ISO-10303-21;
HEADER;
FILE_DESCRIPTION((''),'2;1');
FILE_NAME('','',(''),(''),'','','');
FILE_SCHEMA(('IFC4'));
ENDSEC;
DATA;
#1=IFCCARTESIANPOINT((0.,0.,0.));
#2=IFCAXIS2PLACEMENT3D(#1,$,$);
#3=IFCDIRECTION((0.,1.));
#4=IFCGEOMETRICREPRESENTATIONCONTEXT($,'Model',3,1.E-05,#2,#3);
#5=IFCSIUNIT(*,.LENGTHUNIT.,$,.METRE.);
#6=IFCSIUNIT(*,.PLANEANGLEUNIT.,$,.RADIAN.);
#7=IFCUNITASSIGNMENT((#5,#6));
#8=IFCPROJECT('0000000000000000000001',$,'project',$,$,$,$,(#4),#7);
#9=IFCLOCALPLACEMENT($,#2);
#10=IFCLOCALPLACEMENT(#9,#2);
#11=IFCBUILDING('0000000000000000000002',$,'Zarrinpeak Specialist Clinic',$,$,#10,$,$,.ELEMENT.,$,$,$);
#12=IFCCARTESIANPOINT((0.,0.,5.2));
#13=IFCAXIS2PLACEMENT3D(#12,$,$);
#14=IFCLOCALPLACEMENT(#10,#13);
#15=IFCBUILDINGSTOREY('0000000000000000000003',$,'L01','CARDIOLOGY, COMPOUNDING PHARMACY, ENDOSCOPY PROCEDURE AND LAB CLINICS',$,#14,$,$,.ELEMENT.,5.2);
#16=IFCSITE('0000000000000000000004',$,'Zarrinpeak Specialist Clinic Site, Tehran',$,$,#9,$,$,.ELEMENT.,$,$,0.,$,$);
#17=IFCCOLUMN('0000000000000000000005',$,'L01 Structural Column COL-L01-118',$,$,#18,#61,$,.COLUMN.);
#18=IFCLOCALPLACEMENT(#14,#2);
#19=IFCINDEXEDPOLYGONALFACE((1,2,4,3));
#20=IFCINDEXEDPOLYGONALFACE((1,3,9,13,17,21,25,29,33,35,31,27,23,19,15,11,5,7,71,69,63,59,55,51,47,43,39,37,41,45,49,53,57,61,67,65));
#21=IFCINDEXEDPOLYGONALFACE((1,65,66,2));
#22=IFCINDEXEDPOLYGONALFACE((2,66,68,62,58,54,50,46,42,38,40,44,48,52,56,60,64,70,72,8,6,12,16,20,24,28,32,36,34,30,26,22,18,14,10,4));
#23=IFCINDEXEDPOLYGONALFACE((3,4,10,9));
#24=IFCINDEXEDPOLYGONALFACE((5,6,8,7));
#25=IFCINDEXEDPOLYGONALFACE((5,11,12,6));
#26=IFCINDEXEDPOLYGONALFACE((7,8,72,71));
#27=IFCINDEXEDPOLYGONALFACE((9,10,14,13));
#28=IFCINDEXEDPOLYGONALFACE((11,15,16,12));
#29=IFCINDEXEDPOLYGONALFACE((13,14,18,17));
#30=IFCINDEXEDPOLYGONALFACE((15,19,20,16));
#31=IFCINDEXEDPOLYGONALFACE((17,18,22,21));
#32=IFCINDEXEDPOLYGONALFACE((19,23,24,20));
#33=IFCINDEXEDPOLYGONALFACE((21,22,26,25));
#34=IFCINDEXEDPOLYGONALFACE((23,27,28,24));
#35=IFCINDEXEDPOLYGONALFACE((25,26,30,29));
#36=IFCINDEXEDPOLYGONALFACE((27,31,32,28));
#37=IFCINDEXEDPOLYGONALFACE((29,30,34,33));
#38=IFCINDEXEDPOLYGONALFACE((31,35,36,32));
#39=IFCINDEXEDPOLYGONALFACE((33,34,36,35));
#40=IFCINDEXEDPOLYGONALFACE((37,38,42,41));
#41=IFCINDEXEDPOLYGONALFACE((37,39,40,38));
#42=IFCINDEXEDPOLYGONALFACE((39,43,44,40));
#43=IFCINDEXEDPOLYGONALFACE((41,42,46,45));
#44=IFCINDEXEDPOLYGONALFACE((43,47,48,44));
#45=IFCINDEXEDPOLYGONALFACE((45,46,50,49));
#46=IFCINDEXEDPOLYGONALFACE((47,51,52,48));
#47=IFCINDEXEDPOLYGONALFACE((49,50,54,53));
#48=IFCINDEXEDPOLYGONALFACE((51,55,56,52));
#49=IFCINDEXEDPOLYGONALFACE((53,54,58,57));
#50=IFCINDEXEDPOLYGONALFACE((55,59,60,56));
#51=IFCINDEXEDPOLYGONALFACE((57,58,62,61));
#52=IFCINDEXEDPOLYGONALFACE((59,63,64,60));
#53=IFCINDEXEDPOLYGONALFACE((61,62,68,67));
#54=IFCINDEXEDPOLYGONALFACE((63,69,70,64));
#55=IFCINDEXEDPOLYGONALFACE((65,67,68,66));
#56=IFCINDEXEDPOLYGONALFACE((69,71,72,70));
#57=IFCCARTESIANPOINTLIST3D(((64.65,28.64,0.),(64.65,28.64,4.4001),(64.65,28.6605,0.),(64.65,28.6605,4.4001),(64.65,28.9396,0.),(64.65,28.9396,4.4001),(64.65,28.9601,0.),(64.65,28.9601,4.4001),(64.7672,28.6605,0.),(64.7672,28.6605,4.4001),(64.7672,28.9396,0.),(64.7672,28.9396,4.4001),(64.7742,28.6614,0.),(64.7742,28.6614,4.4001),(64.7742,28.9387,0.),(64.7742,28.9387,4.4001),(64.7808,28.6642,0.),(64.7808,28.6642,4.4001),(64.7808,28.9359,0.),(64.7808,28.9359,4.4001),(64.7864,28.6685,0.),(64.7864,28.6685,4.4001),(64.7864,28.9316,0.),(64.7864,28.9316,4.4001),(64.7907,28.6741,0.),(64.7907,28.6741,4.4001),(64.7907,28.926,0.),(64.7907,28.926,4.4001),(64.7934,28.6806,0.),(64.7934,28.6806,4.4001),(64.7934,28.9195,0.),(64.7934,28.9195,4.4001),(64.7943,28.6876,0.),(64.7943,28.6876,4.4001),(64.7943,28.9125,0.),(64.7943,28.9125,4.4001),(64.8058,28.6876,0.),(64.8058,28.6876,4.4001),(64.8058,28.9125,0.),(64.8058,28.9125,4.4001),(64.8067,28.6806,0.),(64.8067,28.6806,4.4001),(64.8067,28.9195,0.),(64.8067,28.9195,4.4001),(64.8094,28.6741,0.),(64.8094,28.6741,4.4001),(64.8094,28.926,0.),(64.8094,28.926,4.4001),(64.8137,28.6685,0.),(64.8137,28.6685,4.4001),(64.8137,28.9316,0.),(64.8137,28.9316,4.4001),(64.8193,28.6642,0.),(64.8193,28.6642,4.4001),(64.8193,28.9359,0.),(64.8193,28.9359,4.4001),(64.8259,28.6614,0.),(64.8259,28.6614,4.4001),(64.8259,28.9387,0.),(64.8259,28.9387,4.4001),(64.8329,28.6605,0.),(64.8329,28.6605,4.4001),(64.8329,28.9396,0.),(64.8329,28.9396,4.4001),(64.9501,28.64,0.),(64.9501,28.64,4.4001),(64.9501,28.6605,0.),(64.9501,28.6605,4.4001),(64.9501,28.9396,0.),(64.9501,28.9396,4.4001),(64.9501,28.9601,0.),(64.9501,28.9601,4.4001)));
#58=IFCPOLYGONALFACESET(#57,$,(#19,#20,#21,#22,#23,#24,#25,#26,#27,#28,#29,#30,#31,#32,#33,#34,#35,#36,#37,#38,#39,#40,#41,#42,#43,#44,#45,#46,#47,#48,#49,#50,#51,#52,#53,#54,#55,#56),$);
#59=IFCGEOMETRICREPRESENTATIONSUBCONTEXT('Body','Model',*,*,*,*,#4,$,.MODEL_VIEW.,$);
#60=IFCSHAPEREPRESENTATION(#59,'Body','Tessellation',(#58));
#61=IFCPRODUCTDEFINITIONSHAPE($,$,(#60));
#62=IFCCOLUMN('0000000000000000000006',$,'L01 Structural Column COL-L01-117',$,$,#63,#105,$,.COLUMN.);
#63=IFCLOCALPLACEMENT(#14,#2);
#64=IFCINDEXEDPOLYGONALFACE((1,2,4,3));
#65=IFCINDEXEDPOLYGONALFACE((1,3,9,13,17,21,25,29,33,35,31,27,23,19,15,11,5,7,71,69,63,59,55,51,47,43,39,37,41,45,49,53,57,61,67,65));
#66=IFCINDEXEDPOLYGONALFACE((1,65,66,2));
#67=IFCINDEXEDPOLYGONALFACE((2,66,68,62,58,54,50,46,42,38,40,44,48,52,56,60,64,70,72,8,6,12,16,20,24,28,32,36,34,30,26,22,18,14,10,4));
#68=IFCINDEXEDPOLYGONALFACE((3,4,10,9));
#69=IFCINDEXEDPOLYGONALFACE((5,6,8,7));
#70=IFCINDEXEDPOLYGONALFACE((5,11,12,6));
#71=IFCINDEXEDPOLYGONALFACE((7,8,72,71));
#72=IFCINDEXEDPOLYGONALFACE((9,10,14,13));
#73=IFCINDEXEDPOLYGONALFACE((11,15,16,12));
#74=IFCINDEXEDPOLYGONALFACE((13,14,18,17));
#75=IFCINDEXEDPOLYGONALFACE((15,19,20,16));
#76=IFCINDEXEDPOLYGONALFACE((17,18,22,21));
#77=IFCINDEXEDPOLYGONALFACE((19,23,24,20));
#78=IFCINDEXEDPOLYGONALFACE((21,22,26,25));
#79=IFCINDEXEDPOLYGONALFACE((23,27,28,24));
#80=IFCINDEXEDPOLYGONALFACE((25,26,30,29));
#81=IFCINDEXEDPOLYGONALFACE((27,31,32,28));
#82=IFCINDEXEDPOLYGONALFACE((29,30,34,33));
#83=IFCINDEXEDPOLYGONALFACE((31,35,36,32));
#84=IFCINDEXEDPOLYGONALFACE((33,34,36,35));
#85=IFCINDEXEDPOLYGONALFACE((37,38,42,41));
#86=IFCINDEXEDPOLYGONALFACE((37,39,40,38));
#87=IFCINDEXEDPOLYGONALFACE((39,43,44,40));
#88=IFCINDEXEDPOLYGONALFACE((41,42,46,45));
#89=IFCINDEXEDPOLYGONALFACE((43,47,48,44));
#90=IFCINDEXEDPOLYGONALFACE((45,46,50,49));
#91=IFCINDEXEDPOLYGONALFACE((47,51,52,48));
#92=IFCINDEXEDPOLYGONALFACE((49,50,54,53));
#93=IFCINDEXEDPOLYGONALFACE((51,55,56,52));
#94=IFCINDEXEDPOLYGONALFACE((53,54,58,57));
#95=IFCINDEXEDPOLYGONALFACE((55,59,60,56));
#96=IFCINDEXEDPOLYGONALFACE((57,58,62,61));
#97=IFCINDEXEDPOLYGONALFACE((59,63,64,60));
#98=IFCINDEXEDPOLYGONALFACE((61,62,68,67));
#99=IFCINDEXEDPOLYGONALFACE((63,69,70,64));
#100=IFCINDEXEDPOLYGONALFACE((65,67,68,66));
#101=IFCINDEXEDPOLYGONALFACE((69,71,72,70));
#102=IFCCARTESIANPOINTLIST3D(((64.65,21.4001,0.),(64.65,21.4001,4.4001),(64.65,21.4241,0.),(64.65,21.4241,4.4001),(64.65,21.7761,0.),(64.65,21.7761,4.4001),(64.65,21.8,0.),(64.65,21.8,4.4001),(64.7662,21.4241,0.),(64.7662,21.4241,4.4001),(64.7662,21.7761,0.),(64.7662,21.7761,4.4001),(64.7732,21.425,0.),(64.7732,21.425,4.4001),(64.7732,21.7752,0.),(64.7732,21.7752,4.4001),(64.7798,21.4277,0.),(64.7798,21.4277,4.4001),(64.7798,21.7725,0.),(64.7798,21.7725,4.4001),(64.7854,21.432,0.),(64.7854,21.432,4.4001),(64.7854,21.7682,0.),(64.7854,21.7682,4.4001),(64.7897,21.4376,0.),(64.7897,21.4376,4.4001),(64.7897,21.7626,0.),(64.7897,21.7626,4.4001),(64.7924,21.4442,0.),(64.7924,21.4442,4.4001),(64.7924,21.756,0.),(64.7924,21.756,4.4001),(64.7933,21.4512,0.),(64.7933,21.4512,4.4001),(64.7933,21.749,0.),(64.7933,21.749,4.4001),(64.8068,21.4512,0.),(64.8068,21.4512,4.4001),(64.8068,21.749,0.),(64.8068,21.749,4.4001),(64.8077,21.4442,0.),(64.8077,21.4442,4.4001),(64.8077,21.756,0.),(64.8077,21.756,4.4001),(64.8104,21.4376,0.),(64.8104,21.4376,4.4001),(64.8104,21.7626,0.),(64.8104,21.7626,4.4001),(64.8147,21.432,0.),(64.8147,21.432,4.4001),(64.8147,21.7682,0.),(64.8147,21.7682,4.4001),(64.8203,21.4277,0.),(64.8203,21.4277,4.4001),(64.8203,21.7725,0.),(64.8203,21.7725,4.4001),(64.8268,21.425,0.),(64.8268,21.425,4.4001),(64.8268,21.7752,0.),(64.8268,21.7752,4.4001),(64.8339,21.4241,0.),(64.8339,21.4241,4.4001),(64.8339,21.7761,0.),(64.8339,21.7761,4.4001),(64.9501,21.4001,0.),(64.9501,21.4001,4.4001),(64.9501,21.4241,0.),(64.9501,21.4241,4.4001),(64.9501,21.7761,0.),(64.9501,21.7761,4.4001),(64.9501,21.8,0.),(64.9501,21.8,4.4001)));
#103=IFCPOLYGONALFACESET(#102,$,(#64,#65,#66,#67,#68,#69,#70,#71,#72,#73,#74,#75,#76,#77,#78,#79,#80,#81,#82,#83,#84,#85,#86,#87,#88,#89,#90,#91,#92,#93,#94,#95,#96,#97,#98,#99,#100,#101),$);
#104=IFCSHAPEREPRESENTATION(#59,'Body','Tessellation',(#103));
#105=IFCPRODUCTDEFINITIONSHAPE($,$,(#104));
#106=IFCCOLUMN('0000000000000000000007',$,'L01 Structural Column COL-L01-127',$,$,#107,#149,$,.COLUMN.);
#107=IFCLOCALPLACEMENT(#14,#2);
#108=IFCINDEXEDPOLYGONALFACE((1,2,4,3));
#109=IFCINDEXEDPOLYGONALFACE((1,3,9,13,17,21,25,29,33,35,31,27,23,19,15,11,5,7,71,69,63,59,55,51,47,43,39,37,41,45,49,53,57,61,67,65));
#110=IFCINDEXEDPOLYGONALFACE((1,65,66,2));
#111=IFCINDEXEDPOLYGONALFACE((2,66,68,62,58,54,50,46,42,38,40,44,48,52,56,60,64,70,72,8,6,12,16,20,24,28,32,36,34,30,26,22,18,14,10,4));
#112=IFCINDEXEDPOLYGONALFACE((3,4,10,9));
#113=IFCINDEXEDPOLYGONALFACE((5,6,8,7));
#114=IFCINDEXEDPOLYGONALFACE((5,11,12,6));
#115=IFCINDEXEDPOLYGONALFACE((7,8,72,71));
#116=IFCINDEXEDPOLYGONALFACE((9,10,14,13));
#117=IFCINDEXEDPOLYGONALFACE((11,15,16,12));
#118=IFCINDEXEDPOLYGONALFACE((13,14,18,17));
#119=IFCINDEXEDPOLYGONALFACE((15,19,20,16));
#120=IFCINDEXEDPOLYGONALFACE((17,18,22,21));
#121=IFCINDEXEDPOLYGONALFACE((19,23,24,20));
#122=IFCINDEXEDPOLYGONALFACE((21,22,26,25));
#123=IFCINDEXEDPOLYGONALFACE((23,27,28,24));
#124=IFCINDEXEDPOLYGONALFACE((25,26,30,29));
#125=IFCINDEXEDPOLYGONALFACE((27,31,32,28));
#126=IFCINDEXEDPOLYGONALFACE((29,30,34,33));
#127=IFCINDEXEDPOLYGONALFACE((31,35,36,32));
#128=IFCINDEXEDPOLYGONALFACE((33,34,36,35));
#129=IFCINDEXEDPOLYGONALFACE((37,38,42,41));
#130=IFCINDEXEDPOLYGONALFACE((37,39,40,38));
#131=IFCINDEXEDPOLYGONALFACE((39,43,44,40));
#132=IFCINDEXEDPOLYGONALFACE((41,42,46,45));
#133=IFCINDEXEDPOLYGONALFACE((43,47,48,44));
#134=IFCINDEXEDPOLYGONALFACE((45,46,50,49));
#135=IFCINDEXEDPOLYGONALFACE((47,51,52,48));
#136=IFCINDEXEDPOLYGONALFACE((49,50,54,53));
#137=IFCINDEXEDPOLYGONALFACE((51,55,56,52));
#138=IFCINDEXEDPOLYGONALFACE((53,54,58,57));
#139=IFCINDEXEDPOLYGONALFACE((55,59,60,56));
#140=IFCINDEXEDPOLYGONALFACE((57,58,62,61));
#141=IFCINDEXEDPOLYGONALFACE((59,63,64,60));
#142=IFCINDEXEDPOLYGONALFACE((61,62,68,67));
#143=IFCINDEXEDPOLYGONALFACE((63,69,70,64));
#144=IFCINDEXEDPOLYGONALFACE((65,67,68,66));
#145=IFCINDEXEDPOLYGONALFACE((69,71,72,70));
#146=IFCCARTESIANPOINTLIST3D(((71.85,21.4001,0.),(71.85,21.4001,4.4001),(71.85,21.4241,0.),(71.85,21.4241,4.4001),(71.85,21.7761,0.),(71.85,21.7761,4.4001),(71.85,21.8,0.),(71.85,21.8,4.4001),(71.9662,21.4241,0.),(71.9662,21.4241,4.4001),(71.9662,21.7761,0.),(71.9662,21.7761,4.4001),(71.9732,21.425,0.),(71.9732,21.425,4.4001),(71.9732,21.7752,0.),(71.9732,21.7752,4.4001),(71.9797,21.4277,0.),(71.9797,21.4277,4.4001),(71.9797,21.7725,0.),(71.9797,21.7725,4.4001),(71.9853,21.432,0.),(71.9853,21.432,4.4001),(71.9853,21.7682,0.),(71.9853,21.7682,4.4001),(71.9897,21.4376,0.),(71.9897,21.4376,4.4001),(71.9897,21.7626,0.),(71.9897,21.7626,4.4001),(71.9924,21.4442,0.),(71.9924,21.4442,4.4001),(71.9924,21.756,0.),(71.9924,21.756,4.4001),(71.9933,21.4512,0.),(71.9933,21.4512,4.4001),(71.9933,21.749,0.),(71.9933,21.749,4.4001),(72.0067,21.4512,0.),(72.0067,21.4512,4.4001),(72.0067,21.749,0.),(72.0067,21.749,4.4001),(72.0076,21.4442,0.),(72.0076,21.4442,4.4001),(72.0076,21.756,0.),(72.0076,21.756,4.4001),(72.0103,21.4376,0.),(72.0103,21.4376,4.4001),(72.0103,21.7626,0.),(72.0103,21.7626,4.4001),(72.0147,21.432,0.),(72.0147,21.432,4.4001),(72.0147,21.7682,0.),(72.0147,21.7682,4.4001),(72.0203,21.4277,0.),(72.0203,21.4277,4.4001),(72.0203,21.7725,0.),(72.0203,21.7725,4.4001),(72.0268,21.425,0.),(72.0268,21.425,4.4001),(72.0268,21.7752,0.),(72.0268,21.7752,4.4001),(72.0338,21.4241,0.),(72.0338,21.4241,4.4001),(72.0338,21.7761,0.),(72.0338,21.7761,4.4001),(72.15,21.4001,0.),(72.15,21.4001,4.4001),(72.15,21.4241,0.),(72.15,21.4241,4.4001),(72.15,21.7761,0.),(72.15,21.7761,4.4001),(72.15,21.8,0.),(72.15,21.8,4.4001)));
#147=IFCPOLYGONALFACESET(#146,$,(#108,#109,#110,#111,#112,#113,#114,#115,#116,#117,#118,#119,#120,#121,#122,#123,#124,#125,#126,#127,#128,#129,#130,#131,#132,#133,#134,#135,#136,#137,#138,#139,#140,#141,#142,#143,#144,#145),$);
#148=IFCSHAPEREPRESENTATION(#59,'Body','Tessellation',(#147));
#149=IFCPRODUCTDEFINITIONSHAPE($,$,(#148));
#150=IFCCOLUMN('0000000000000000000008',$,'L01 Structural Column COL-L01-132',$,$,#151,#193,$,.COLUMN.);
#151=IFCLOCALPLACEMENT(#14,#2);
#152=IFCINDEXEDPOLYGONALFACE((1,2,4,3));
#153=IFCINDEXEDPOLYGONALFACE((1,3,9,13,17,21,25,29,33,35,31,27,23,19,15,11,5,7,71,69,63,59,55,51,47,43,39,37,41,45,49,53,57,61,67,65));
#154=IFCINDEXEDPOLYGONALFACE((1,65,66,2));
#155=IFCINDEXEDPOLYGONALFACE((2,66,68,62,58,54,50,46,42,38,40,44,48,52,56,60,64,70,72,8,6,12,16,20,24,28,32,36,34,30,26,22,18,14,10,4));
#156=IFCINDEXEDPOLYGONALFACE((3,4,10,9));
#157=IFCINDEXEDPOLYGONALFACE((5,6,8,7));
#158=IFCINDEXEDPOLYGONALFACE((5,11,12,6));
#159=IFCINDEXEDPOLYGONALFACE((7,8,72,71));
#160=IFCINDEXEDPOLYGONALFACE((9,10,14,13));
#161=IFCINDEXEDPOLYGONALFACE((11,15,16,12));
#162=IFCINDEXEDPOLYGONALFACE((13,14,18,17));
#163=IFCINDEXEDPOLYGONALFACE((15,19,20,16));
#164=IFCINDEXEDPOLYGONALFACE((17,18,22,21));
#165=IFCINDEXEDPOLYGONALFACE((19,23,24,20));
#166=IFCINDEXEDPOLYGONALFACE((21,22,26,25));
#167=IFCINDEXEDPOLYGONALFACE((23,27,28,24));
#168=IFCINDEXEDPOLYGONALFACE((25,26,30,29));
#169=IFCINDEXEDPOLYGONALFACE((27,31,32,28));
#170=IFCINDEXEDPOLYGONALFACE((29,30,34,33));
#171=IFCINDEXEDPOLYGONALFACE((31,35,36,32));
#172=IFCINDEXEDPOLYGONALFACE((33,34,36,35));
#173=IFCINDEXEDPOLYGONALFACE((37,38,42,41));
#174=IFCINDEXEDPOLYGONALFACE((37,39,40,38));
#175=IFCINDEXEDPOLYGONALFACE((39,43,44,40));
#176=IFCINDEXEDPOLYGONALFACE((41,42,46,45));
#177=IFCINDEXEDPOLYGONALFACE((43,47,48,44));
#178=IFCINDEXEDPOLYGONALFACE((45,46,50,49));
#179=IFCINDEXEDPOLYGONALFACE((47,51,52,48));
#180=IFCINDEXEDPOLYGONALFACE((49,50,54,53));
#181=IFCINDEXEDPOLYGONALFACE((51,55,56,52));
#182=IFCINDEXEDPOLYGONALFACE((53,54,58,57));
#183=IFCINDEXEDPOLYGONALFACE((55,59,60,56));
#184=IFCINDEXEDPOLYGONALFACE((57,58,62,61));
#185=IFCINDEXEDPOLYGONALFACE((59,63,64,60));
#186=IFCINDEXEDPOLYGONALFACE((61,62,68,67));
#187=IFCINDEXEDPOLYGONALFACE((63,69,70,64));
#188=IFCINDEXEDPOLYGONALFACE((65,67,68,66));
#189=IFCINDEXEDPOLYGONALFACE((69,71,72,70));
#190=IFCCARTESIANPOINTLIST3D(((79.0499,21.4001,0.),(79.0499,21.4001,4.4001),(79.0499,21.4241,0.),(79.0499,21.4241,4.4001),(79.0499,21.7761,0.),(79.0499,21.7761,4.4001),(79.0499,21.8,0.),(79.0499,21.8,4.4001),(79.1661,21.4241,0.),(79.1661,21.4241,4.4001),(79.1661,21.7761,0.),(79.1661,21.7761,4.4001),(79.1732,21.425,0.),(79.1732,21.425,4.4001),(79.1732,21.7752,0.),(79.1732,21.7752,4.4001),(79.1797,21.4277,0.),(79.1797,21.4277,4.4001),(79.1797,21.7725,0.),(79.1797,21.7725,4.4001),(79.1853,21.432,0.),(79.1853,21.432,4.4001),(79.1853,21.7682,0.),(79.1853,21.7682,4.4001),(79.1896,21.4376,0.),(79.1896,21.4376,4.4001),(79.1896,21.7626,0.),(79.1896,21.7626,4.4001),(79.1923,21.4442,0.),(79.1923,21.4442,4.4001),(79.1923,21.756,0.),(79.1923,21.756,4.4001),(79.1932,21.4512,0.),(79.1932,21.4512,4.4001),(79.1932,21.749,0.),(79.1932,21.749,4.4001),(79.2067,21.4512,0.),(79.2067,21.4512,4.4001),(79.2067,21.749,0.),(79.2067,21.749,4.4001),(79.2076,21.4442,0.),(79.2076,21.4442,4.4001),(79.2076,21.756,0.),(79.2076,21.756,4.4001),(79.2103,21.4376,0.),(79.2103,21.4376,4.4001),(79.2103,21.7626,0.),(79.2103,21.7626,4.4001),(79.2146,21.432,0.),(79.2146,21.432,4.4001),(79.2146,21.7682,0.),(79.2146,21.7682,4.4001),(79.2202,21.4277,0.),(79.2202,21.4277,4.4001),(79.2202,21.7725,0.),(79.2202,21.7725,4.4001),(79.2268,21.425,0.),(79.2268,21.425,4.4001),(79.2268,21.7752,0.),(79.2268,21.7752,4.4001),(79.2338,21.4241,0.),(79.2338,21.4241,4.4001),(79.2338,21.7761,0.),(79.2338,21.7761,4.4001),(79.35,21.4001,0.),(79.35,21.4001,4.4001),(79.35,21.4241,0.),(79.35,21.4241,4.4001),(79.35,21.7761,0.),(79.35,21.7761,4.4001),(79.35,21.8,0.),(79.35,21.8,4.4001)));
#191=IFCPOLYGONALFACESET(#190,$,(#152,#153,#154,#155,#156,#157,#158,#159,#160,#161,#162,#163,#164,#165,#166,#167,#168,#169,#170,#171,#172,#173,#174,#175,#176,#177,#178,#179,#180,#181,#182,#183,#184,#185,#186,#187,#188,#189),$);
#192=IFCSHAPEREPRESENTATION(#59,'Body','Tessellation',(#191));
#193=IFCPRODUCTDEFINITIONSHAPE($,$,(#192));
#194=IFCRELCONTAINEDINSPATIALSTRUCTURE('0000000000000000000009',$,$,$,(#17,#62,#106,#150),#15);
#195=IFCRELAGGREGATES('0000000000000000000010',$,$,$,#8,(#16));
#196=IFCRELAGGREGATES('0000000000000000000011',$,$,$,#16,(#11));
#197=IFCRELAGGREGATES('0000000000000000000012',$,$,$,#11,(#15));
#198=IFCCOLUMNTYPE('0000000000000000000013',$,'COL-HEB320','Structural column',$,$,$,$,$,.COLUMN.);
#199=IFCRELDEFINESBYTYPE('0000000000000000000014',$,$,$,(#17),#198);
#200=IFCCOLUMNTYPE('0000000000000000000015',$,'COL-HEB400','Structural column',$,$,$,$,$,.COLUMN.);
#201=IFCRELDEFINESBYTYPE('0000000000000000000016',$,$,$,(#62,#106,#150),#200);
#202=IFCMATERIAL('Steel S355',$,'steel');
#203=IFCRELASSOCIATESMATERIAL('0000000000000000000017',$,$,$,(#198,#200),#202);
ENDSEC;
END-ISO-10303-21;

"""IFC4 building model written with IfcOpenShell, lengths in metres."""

from ifc_helpers import new_model, si_unit, direction, frame, origin, origin_2d, place, context, subcontext, project, spatial, i_section, extrude, material, material_profile, profile_set, type_object, element, save


model = new_model("IFC4")

# Units and contexts
model_context = context("Model", 3, precision=1e-05, world=origin(), true_north=direction((0.0, 1.0)))
body_context = subcontext(model_context, "Body", "Model", "MODEL_VIEW")
ifc_project = project(units=[si_unit("LENGTHUNIT", "METRE"), si_unit("PLANEANGLEUNIT", "RADIAN")], contexts=[model_context])

# Site, building, storey
site_placement = place(None, origin())
site = spatial("IfcSite", under=ifc_project, at=site_placement, Name="Zarrinpeak Specialist Clinic Site, Tehran", CompositionType="ELEMENT", RefElevation=0.0)
building_placement = place(site_placement, origin())
building = spatial("IfcBuilding", under=site, at=building_placement, Name="Zarrinpeak Specialist Clinic", CompositionType="ELEMENT")
storey_placement = place(building_placement, frame((0.0, 0.0, 5.2)))
storey = spatial("IfcBuildingStorey", under=building, at=storey_placement, Name="L01", Description="CARDIOLOGY, COMPOUNDING PHARMACY, ENDOSCOPY PROCEDURE AND LAB CLINICS", CompositionType="ELEMENT", Elevation=5.2)

# Columns
ifc_material_1 = material(Name="Steel S355", Category="steel")
ifc_material_profile_1 = material_profile(ifc_material_1, i_section(OverallWidth=0.3, OverallDepth=0.3201, WebThickness=0.0115, FlangeThickness=0.0205, FilletRadius=0.0271, at=origin_2d()), Name="HEB 320")
ifc_profile_set_1 = profile_set([ifc_material_profile_1], Name="Steel S355")
column_type_1 = type_object("IfcColumnType", Name="COL-HEB320", Description="Structural column", PredefinedType="COLUMN", material=ifc_profile_set_1)
column_placement = place(storey_placement, frame((64.8, 28.8, 0.0), z_axis=(0.0, 0.0, 1.0), x_axis=(1.0, 0.0, 0.0)))
element("IfcColumn", 1, at=column_placement, inside=storey, type_object=column_type_1, Name="L01 Structural Column COL-L01-118", PredefinedType="COLUMN", context=body_context, shape_type="SweptSolid", body=[
    extrude(i_section(OverallWidth=0.3, OverallDepth=0.3201, WebThickness=0.0115, FlangeThickness=0.0205, FilletRadius=0.0271, at=origin_2d()), origin(), (0.0, 0.0, 1.0), 4.4001),
])
ifc_material_profile_2 = material_profile(ifc_material_1, i_section(OverallWidth=0.3, OverallDepth=0.3999, WebThickness=0.0134, FlangeThickness=0.0239, FilletRadius=0.0271, at=origin_2d()), Name="HEB 400")
ifc_profile_set_2 = profile_set([ifc_material_profile_2], Name="Steel S355")
column_type_2 = type_object("IfcColumnType", Name="COL-HEB400", Description="Structural column", PredefinedType="COLUMN", material=ifc_profile_set_2)
for number, where, z_axis, x_axis, name in (
    (2, (64.8, 21.6001, 0.0), (0.0, 0.0, 1.0), (1.0, 0.0, 0.0), "L01 Structural Column COL-L01-117"),
    (3, (72.0, 21.6001, 0.0), (0.0, 0.0, 1.0), (1.0, 0.0, 0.0), "L01 Structural Column COL-L01-127"),
    (4, (79.2, 21.6001, 0.0), (0.0, 0.0, 1.0), (1.0, 0.0, 0.0), "L01 Structural Column COL-L01-132"),
):
    element("IfcColumn", number, at=place(storey_placement, frame(where, z_axis=z_axis, x_axis=x_axis)), inside=storey, type_object=column_type_2, Name=name, PredefinedType="COLUMN", context=body_context, shape_type="SweptSolid", body=[
        extrude(i_section(OverallWidth=0.3, OverallDepth=0.3999, WebThickness=0.0134, FlangeThickness=0.0239, FilletRadius=0.0271, at=origin_2d()), origin(), (0.0, 0.0, 1.0), 4.4001),
    ])

save(model, "model.ifc")
